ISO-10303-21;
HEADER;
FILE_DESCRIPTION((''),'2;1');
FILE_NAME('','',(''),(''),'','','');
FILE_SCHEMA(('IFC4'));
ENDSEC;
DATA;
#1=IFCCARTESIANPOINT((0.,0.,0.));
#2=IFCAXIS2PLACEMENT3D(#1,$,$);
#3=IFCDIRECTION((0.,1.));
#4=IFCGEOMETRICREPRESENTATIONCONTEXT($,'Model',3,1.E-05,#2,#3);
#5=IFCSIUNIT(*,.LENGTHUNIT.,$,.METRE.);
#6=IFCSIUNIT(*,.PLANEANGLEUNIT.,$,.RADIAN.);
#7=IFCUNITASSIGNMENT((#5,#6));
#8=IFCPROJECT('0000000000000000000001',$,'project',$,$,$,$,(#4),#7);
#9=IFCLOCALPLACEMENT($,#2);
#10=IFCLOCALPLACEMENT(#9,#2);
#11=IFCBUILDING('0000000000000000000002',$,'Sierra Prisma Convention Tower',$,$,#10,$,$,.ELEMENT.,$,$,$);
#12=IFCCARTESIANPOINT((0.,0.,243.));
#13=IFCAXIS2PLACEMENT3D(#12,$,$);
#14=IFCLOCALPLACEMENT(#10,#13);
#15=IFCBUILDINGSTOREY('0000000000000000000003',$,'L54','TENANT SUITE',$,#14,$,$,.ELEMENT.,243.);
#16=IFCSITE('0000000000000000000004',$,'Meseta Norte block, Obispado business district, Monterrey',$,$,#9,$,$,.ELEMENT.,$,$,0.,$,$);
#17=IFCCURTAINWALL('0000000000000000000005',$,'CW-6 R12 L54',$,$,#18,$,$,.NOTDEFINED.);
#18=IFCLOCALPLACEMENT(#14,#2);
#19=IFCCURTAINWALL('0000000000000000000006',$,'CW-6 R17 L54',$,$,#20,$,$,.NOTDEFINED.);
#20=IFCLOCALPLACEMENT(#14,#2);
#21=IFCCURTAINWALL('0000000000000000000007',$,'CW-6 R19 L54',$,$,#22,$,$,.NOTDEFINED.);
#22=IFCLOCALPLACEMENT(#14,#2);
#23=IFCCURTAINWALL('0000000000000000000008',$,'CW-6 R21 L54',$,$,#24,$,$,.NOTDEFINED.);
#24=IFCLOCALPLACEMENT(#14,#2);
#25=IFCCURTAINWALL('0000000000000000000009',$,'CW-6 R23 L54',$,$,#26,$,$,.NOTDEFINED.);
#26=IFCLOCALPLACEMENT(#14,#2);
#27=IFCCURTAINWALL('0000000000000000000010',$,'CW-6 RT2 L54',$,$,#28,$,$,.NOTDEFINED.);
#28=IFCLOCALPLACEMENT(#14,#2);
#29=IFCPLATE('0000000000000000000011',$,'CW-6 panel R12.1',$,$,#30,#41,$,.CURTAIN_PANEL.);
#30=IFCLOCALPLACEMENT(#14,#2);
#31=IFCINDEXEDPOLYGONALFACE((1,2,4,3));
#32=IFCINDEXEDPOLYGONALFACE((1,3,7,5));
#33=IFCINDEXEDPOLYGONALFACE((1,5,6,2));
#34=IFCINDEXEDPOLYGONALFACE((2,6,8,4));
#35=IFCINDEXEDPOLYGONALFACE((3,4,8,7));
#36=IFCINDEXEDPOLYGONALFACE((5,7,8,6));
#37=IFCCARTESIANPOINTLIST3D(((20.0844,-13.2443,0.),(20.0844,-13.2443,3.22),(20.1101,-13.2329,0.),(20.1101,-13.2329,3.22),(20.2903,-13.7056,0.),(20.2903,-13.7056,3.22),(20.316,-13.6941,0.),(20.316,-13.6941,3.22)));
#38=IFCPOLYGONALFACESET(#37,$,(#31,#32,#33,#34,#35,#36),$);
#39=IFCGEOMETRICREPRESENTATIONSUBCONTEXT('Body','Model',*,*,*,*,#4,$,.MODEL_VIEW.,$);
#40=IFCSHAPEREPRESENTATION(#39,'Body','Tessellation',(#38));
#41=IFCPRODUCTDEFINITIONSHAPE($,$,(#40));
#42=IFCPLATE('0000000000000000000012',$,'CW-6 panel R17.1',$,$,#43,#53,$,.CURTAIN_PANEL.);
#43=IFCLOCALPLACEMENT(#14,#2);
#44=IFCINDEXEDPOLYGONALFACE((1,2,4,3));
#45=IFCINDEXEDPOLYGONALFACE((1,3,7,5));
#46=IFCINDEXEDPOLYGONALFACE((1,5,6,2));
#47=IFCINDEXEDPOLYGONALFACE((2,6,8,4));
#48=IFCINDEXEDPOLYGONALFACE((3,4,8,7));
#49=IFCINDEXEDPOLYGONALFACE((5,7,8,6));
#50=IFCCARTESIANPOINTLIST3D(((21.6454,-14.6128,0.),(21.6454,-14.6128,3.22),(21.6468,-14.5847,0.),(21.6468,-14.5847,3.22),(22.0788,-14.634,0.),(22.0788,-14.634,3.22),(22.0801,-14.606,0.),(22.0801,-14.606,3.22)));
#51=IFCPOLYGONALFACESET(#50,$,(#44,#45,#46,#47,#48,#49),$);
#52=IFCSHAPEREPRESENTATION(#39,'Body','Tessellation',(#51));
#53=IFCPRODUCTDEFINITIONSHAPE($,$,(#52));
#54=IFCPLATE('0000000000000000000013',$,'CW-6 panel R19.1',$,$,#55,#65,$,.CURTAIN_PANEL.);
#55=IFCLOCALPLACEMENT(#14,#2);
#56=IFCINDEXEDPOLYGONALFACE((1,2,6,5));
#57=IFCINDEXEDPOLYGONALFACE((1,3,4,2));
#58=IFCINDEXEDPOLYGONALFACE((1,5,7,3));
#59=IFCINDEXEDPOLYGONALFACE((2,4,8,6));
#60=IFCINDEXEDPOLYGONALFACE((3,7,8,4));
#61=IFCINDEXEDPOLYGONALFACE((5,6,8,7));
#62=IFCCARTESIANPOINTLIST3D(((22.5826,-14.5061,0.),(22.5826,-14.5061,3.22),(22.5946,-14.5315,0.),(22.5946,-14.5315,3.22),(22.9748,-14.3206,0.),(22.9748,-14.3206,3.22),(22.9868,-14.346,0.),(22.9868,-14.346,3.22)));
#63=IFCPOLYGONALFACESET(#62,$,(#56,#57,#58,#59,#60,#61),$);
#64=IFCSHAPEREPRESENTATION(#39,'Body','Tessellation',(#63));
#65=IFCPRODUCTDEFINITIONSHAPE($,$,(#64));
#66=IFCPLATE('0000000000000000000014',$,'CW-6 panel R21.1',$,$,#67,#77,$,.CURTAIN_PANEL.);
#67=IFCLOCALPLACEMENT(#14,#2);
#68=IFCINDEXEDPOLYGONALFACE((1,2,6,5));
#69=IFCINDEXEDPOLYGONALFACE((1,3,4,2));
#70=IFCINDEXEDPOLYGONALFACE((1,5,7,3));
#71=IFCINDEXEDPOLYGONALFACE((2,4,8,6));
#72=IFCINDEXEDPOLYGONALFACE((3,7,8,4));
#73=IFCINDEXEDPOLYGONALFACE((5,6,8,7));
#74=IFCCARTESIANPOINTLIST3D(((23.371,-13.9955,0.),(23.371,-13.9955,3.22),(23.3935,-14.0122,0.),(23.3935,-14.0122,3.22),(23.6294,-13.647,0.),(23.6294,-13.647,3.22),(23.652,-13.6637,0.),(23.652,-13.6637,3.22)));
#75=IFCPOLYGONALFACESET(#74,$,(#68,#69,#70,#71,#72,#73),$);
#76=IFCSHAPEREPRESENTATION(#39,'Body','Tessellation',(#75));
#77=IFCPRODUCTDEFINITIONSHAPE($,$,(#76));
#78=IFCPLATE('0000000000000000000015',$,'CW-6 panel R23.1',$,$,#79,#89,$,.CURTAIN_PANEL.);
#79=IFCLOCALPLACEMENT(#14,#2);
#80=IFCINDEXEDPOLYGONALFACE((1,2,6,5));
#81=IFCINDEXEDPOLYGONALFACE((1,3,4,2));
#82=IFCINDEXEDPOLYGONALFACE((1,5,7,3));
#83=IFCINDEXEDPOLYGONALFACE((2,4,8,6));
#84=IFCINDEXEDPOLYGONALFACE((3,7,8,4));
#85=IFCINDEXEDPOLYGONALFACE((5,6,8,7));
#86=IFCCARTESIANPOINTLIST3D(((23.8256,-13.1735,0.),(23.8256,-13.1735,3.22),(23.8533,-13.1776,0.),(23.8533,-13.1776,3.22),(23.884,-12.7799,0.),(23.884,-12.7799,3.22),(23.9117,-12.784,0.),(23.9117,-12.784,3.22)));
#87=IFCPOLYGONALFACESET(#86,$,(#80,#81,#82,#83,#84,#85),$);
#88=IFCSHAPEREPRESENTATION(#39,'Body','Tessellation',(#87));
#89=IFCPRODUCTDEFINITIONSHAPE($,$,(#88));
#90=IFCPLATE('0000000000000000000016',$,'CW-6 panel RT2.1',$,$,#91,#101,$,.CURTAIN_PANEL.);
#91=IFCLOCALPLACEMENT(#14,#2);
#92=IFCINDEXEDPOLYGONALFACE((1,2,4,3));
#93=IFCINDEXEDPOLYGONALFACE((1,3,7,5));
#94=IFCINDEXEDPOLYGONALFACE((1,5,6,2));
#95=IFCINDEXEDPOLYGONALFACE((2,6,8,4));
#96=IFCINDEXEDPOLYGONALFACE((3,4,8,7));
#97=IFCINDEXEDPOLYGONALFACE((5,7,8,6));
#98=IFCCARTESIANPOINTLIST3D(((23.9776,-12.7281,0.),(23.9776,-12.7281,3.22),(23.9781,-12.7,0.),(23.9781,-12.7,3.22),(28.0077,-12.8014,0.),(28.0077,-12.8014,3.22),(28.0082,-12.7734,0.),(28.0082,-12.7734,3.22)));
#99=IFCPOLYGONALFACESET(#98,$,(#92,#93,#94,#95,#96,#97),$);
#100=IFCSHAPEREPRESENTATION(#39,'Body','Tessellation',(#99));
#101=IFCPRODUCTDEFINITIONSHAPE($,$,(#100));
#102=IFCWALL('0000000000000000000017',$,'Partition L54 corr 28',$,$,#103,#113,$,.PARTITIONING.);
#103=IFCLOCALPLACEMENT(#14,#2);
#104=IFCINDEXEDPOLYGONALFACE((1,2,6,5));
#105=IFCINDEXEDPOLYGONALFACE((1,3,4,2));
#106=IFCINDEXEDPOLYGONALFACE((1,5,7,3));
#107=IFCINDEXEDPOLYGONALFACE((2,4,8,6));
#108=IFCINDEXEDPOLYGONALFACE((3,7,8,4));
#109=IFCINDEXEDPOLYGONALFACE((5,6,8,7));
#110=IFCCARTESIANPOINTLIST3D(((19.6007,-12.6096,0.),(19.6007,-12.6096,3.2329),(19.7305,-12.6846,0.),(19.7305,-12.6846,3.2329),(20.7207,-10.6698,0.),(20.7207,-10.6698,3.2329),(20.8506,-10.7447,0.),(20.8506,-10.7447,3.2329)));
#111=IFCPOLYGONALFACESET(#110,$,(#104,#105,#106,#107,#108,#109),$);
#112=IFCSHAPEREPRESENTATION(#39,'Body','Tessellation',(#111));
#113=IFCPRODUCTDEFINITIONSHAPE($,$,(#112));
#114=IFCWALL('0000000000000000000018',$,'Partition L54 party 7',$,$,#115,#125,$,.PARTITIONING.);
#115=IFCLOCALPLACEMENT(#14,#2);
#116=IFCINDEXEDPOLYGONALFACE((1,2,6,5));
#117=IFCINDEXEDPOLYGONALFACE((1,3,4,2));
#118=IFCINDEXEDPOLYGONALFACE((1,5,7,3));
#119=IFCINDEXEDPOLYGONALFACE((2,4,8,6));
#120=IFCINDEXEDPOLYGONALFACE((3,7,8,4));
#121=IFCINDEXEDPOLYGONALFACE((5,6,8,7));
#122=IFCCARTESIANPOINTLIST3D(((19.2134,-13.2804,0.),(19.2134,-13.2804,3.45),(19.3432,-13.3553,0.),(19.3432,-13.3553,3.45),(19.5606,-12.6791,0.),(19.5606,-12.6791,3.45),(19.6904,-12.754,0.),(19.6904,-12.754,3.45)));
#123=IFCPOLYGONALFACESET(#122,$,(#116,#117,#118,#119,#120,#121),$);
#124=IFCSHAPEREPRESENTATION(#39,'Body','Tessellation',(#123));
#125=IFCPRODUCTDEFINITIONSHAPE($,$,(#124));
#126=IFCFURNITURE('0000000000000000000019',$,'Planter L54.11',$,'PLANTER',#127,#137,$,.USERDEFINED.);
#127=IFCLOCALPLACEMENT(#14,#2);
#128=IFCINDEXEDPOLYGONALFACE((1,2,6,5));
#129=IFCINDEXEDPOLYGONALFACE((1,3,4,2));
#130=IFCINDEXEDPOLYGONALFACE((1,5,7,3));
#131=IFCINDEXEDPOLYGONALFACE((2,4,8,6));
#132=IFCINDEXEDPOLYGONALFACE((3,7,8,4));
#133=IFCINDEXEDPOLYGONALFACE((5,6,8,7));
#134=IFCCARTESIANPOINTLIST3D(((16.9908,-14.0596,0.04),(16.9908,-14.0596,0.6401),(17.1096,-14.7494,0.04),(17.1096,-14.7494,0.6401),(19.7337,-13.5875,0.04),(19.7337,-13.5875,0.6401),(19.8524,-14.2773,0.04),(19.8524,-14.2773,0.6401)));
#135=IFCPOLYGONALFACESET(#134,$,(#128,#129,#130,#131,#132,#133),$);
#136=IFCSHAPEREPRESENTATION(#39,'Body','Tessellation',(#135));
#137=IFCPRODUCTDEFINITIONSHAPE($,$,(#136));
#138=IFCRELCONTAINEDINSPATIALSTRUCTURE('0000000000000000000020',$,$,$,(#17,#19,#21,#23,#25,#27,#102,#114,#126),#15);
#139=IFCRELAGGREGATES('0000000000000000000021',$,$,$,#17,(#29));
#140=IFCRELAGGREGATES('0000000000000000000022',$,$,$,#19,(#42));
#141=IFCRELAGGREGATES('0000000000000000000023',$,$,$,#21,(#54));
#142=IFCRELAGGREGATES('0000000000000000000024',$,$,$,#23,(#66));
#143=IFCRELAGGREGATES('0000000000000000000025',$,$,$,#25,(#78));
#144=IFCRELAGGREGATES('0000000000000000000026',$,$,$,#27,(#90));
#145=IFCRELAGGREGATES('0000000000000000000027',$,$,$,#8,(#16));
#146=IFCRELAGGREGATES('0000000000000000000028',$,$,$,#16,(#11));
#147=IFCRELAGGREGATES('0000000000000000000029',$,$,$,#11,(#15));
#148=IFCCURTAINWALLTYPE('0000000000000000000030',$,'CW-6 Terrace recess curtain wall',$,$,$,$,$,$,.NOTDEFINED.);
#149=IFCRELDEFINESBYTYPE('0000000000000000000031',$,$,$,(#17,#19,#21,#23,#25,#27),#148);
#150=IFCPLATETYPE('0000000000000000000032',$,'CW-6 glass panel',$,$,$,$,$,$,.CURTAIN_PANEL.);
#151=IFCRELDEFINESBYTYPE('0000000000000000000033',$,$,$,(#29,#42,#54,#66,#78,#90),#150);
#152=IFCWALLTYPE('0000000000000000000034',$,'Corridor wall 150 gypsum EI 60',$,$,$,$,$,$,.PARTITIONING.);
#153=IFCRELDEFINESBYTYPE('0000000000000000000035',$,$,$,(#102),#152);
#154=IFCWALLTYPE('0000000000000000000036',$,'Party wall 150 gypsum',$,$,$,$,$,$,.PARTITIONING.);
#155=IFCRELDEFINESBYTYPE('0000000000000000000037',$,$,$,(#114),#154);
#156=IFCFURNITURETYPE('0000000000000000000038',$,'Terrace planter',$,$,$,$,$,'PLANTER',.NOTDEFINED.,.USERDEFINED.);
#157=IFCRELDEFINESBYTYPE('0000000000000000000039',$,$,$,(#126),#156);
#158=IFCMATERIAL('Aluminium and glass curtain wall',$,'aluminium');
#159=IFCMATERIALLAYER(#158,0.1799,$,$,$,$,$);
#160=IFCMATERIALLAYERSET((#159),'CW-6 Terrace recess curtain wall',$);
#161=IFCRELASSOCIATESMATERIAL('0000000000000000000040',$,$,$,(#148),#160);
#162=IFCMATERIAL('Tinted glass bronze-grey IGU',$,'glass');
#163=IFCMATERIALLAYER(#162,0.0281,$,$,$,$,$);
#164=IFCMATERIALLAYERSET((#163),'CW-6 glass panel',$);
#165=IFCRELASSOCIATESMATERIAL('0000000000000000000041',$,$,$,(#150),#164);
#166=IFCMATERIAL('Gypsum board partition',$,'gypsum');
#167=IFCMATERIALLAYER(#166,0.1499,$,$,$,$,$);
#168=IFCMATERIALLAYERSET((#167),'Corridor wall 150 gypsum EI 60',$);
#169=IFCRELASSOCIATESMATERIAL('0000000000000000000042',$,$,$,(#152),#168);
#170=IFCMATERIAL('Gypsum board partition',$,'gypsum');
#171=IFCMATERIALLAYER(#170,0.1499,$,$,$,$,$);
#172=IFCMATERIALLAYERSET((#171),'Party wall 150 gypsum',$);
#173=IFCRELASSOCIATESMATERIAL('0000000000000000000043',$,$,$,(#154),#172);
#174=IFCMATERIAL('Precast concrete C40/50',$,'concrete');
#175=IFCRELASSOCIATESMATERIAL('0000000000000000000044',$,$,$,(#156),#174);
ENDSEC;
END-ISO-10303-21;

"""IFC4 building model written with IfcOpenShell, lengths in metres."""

from ifc_helpers import new_model, si_unit, direction, frame, frame_2d, origin, origin_2d, place, context, subcontext, project, spatial, rectangle, extrude, material, layer, layer_set, type_object, element, aggregate, save


model = new_model("IFC4")

# Units and contexts
model_context = context("Model", 3, precision=1e-05, world=origin(), true_north=direction((0.0, 1.0)))
body_context = subcontext(model_context, "Body", "Model", "MODEL_VIEW")
ifc_project = project(units=[si_unit("LENGTHUNIT", "METRE"), si_unit("PLANEANGLEUNIT", "RADIAN")], contexts=[model_context])

# Site, building, storey
site_placement = place(None, origin())
site = spatial("IfcSite", under=ifc_project, at=site_placement, Name="Meseta Norte block, Obispado business district, Monterrey", CompositionType="ELEMENT", RefElevation=0.0)
building_placement = place(site_placement, origin())
building = spatial("IfcBuilding", under=site, at=building_placement, Name="Sierra Prisma Convention Tower", CompositionType="ELEMENT")
storey_placement = place(building_placement, frame((0.0, 0.0, 243.0)))
storey = spatial("IfcBuildingStorey", under=building, at=storey_placement, Name="L54", Description="TENANT SUITE", CompositionType="ELEMENT", Elevation=243.0)

# Curtain walls
ifc_material_1 = material(Name="Aluminium and glass curtain wall", Category="aluminium")
ifc_layer_1 = layer(ifc_material_1, 0.1799)
ifc_layer_set_1 = layer_set([ifc_layer_1], Name="CW-6 Terrace recess curtain wall")
curtain_wall_type_1 = type_object("IfcCurtainWallType", Name="CW-6 Terrace recess curtain wall", PredefinedType="NOTDEFINED", material=ifc_layer_set_1)
curtain_wall_1_placement = place(storey_placement, origin())
curtain_wall_1 = element("IfcCurtainWall", 1, at=curtain_wall_1_placement, inside=storey, type_object=curtain_wall_type_1, Name="CW-6 R12 L54", PredefinedType="NOTDEFINED")
curtain_wall_2_placement = place(storey_placement, origin())
curtain_wall_2 = element("IfcCurtainWall", 2, at=curtain_wall_2_placement, inside=storey, type_object=curtain_wall_type_1, Name="CW-6 R17 L54", PredefinedType="NOTDEFINED")
curtain_wall_3_placement = place(storey_placement, origin())
curtain_wall_3 = element("IfcCurtainWall", 3, at=curtain_wall_3_placement, inside=storey, type_object=curtain_wall_type_1, Name="CW-6 R19 L54", PredefinedType="NOTDEFINED")
curtain_wall_4_placement = place(storey_placement, origin())
curtain_wall_4 = element("IfcCurtainWall", 4, at=curtain_wall_4_placement, inside=storey, type_object=curtain_wall_type_1, Name="CW-6 R21 L54", PredefinedType="NOTDEFINED")

# Curtain wall
curtain_wall_5_placement = place(storey_placement, origin())
curtain_wall_5 = element("IfcCurtainWall", 5, at=curtain_wall_5_placement, inside=storey, type_object=curtain_wall_type_1, Name="CW-6 R23 L54", PredefinedType="NOTDEFINED")

# Curtain wall
curtain_wall_6_placement = place(storey_placement, origin())
curtain_wall_6 = element("IfcCurtainWall", 6, at=curtain_wall_6_placement, inside=storey, type_object=curtain_wall_type_1, Name="CW-6 RT2 L54", PredefinedType="NOTDEFINED")

# Shared definitions
ifc_material_2 = material(Name="Tinted glass bronze-grey IGU", Category="glass")
ifc_layer_2 = layer(ifc_material_2, 0.0281)
ifc_layer_set_2 = layer_set([ifc_layer_2], Name="CW-6 glass panel")
plate_type_1 = type_object("IfcPlateType", Name="CW-6 glass panel", PredefinedType="CURTAIN_PANEL", material=ifc_layer_set_2)

# Plates
plate_1_placement = place(storey_placement, frame((20.2002, -13.4692, 0.0), z_axis=(0.0, 0.0, 1.0), x_axis=(0.40765, -0.913138, 0.0)))
plate_1 = element("IfcPlate", 7, at=plate_1_placement, type_object=plate_type_1, Name="CW-6 panel R12.1", PredefinedType="CURTAIN_PANEL", context=body_context, shape_type="SweptSolid", body=[
    extrude(rectangle(XDim=0.5051, YDim=0.0281, at=origin_2d()), origin(), (0.0, 0.0, 1.0), 3.22),
])
aggregate(curtain_wall_1, [plate_1])
plate_2_placement = place(storey_placement, frame((21.8628, -14.6094, 0.0), z_axis=(0.0, 0.0, 1.0), x_axis=(0.998795, -0.049068, 0.0)))
plate_2 = element("IfcPlate", 8, at=plate_2_placement, type_object=plate_type_1, Name="CW-6 panel R17.1", PredefinedType="CURTAIN_PANEL", context=body_context, shape_type="SweptSolid", body=[
    extrude(rectangle(XDim=0.4338, YDim=0.0281, at=origin_2d()), origin(), (0.0, 0.0, 1.0), 3.22),
])
aggregate(curtain_wall_2, [plate_2])
plate_3_placement = place(storey_placement, frame((22.7847, -14.426, 0.0), z_axis=(0.0, 0.0, 1.0), x_axis=(0.903989, 0.427555, 0.0)))
plate_3 = element("IfcPlate", 9, at=plate_3_placement, type_object=plate_type_1, Name="CW-6 panel R19.1", PredefinedType="CURTAIN_PANEL", context=body_context, shape_type="SweptSolid", body=[
    extrude(rectangle(XDim=0.4338, YDim=0.0281, at=origin_2d()), origin(), (0.0, 0.0, 1.0), 3.22),
])
aggregate(curtain_wall_3, [plate_3])
plate_4_placement = place(storey_placement, frame((23.5115, -13.8296, 0.0), z_axis=(0.0, 0.0, 1.0), x_axis=(0.595699, 0.803208, 0.0)))
plate_4 = element("IfcPlate", 10, at=plate_4_placement, type_object=plate_type_1, Name="CW-6 panel R21.1", PredefinedType="CURTAIN_PANEL", context=body_context, shape_type="SweptSolid", body=[
    extrude(rectangle(XDim=0.4338, YDim=0.0281, at=origin_2d()), origin(), (0.0, 0.0, 1.0), 3.22),
])
aggregate(curtain_wall_4, [plate_4])
plate_5_placement = place(storey_placement, frame((23.8687, -12.9788, 0.0), z_axis=(0.0, 0.0, 1.0), x_axis=(0.14673, 0.989177, 0.0)))
plate_5 = element("IfcPlate", 11, at=plate_5_placement, type_object=plate_type_1, Name="CW-6 panel R23.1", PredefinedType="CURTAIN_PANEL", context=body_context, shape_type="SweptSolid", body=[
    extrude(rectangle(XDim=0.3979, YDim=0.0281, at=origin_2d()), origin(), (0.0, 0.0, 1.0), 3.22),
])
aggregate(curtain_wall_5, [plate_5])
plate_6_placement = place(storey_placement, frame((25.9929, -12.7507, 0.0), z_axis=(0.0, 0.0, 1.0), x_axis=(0.999834, -0.018196, 0.0)))
plate_6 = element("IfcPlate", 12, at=plate_6_placement, type_object=plate_type_1, Name="CW-6 panel RT2.1", PredefinedType="CURTAIN_PANEL", context=body_context, shape_type="SweptSolid", body=[
    extrude(rectangle(XDim=4.0308, YDim=0.0281, at=origin_2d()), origin(), (0.0, 0.0, 1.0), 3.22),
])
aggregate(curtain_wall_6, [plate_6])

# Walls
ifc_material_3 = material(Name="Gypsum board partition", Category="gypsum")
ifc_layer_3 = layer(ifc_material_3, 0.1499)
ifc_layer_set_3 = layer_set([ifc_layer_3], Name="Corridor wall 150 gypsum EI 60")
wall_type_1 = type_object("IfcWallType", Name="Corridor wall 150 gypsum EI 60", PredefinedType="PARTITIONING", material=ifc_layer_set_3)
wall_1_placement = place(storey_placement, frame((19.6655, -12.6472, 0.0), z_axis=(0.0, 0.0, 1.0), x_axis=(0.500031, 0.866008, 0.0)))
element("IfcWall", 13, at=wall_1_placement, inside=storey, type_object=wall_type_1, Name="Partition L54 corr 28", PredefinedType="PARTITIONING", context=body_context, shape_type="SweptSolid", body=[
    extrude(rectangle(XDim=2.24, YDim=0.1499, at=frame_2d((1.1201, 0.0))), origin(), (0.0, 0.0, 1.0), 3.2329),
])
ifc_material_4 = material(Name="Gypsum board partition", Category="gypsum")
ifc_layer_4 = layer(ifc_material_4, 0.1499)
ifc_layer_set_4 = layer_set([ifc_layer_4], Name="Party wall 150 gypsum")
wall_type_2 = type_object("IfcWallType", Name="Party wall 150 gypsum", PredefinedType="PARTITIONING", material=ifc_layer_set_4)
wall_2_placement = place(storey_placement, frame((19.6255, -12.7166, 0.0), z_axis=(0.0, 0.0, 1.0), x_axis=(-0.499996, -0.866027, 0.0)))
element("IfcWall", 14, at=wall_2_placement, inside=storey, type_object=wall_type_2, Name="Partition L54 party 7", PredefinedType="PARTITIONING", context=body_context, shape_type="SweptSolid", body=[
    extrude(rectangle(XDim=0.6943, YDim=0.1499, at=frame_2d((0.3472, 0.0))), origin(), (0.0, 0.0, 1.0), 3.45),
])

# Furniture
ifc_material_5 = material(Name="Precast concrete C40/50", Category="concrete")
furniture_type = type_object("IfcFurnitureType", Name="Terrace planter", ElementType="PLANTER", AssemblyPlace="NOTDEFINED", PredefinedType="USERDEFINED", material=ifc_material_5)
furniture_placement = place(storey_placement, frame((18.4216, -14.1685, 0.04), z_axis=(0.0, 0.0, 1.0), x_axis=(0.985506, 0.16964, 0.0)))
element("IfcFurniture", 15, at=furniture_placement, inside=storey, type_object=furniture_type, Name="Planter L54.11", ObjectType="PLANTER", PredefinedType="USERDEFINED", context=body_context, shape_type="SweptSolid", body=[
    extrude(rectangle(XDim=2.7832, YDim=0.7, at=origin_2d()), origin(), (0.0, 0.0, 1.0), 0.6001),
])

save(model, "model.ifc")
